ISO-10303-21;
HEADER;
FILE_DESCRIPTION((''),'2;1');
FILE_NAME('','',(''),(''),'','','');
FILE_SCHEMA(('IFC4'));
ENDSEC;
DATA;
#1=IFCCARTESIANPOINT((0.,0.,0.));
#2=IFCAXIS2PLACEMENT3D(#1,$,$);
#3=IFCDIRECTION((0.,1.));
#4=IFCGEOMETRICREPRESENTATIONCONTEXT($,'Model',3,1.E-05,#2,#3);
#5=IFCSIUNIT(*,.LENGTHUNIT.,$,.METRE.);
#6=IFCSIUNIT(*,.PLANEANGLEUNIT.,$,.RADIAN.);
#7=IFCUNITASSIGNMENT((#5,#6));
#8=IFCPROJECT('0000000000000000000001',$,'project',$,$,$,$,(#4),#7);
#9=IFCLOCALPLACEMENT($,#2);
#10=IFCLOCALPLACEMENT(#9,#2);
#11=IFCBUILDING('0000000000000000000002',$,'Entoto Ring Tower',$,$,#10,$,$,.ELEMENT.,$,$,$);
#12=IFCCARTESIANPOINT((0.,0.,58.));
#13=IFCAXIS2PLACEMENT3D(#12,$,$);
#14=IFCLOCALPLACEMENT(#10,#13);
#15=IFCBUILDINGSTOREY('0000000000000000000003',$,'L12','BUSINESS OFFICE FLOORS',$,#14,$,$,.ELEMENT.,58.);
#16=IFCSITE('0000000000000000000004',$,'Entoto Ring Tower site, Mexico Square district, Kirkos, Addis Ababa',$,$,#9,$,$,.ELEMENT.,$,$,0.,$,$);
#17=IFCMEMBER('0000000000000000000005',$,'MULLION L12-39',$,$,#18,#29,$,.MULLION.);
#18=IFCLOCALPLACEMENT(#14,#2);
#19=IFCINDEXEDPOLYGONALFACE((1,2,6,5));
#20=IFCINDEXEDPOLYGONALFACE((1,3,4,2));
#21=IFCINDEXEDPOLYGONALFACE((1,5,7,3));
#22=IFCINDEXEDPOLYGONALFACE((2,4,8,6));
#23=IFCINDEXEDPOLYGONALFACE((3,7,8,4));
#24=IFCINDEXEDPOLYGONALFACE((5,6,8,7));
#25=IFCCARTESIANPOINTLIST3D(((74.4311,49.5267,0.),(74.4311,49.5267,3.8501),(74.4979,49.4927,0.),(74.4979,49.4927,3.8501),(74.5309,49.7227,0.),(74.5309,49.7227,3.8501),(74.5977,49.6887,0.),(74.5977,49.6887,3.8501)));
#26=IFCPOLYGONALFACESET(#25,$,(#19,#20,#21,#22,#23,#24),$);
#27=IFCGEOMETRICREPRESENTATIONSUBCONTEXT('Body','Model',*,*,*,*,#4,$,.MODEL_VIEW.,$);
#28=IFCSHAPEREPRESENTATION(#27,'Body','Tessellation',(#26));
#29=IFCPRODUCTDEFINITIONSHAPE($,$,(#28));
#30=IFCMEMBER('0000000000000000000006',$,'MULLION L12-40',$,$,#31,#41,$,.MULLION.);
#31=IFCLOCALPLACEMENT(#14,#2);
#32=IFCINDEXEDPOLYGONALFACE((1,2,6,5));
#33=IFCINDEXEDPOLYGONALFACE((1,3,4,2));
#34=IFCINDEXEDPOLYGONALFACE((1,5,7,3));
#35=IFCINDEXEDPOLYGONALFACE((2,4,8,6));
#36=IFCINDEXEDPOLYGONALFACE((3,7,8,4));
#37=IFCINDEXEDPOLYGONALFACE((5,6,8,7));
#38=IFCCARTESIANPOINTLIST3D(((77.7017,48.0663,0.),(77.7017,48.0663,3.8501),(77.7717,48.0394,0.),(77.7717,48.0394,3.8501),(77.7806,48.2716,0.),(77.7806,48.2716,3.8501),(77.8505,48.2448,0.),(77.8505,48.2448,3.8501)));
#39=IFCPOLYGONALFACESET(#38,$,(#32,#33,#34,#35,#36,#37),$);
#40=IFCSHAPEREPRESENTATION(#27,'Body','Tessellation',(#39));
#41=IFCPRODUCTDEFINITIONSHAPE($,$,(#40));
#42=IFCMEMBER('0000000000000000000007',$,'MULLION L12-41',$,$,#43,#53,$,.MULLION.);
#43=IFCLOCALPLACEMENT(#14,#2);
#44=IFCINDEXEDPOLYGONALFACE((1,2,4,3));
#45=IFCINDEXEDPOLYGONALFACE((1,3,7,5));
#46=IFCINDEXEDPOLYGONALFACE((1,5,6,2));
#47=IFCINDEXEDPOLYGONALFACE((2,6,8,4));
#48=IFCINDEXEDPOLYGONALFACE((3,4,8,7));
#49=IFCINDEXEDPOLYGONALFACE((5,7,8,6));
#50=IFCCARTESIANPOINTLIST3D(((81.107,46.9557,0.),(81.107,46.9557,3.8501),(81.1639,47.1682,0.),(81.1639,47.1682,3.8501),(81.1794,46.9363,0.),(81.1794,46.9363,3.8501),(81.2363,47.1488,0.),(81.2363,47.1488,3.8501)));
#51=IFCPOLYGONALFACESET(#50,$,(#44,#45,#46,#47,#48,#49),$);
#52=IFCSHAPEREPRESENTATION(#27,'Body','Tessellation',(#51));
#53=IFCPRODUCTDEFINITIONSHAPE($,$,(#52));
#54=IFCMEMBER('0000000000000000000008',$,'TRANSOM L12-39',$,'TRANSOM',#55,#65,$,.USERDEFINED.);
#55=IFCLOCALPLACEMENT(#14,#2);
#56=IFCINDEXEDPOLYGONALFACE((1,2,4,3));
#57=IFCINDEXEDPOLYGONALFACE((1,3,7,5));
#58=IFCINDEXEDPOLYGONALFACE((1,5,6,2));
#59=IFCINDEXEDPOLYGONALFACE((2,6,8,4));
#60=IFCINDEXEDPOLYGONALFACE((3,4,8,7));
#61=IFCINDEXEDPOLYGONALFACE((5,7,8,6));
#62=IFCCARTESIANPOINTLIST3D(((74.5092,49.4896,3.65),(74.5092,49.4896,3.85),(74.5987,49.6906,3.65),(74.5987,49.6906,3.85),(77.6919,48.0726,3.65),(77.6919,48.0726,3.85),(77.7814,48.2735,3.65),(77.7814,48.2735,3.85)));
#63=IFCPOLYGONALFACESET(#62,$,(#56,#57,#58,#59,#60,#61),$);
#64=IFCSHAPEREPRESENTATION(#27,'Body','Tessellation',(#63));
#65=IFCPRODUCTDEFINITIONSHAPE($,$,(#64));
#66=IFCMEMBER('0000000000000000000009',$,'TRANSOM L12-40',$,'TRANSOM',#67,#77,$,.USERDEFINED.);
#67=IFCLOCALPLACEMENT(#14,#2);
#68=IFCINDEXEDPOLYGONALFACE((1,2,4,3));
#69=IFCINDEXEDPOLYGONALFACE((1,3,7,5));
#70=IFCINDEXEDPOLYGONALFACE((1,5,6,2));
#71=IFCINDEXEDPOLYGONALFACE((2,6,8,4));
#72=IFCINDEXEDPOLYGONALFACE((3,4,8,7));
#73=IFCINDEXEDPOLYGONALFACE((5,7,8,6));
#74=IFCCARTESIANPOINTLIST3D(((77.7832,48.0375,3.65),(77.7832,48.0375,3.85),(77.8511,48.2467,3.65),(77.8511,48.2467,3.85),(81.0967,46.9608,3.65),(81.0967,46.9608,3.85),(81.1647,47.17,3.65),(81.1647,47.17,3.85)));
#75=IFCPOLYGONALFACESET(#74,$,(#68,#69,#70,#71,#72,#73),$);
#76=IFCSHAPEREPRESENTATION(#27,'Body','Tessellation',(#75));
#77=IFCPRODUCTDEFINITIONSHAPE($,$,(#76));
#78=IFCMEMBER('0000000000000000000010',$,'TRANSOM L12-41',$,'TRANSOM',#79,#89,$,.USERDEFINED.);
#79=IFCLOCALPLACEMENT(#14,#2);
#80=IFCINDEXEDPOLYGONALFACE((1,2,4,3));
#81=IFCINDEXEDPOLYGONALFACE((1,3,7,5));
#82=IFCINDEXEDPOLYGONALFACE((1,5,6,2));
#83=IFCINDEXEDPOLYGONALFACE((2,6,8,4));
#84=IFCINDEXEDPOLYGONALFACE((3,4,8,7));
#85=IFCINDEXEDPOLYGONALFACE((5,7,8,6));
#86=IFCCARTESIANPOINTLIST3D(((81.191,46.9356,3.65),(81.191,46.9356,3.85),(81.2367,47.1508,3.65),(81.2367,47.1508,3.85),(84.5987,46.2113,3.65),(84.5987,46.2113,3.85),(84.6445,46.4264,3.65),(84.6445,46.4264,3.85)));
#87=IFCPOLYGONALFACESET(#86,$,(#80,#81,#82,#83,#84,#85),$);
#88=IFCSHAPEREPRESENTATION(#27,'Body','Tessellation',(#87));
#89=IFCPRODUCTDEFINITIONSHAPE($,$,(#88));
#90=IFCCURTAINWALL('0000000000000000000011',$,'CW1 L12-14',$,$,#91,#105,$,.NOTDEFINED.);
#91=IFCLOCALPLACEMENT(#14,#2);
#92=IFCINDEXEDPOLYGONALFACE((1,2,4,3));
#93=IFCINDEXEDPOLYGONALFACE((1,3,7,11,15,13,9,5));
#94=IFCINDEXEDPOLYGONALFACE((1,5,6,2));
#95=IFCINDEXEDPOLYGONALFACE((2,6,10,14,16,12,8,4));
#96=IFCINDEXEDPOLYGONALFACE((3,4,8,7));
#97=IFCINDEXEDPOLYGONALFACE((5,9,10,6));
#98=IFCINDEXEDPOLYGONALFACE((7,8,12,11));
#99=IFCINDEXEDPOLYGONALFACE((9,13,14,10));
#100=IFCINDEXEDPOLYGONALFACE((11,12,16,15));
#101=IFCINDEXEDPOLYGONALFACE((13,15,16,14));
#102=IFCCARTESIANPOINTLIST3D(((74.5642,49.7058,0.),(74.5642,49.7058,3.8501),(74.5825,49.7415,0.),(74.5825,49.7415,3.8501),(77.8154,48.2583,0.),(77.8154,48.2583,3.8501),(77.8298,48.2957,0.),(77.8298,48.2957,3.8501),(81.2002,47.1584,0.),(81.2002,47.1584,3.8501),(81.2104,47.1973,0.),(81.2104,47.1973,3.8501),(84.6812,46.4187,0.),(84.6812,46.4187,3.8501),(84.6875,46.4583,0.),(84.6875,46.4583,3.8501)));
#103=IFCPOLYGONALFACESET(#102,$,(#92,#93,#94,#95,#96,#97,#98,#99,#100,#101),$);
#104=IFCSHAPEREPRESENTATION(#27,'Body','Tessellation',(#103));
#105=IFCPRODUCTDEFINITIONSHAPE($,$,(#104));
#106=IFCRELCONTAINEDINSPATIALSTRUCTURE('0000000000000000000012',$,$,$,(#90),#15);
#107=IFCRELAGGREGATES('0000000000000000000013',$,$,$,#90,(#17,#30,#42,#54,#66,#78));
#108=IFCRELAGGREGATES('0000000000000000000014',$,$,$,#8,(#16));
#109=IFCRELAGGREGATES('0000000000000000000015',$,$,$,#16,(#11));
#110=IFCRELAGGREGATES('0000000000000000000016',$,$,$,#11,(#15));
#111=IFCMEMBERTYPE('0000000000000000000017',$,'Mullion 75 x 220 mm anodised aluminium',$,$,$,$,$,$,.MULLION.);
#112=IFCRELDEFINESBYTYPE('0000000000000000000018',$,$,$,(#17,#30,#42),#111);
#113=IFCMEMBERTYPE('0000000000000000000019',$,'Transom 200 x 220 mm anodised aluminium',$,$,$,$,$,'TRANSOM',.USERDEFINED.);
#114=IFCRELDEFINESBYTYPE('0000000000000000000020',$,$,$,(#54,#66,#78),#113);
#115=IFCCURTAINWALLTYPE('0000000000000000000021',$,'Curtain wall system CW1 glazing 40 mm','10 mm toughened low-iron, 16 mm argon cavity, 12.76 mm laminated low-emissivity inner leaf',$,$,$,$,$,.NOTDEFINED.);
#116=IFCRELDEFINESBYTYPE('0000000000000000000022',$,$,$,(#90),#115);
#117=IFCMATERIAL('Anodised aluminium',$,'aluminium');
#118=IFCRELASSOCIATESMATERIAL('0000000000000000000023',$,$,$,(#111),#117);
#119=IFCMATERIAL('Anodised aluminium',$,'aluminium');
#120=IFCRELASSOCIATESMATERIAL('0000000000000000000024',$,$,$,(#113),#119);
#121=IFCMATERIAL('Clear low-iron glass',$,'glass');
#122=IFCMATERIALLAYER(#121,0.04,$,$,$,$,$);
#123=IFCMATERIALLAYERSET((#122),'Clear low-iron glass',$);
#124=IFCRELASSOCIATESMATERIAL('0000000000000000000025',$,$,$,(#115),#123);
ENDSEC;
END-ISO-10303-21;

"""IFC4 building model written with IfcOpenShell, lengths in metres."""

from ifc_helpers import new_model, si_unit, direction, frame, origin, origin_2d, place, context, subcontext, project, spatial, polyline, rectangle, outline, extrude, material, layer, layer_set, material_profile, profile_set, type_object, element, aggregate, save


model = new_model("IFC4")

# Units and contexts
model_context = context("Model", 3, precision=1e-05, world=origin(), true_north=direction((0.0, 1.0)))
body_context = subcontext(model_context, "Body", "Model", "MODEL_VIEW")
ifc_project = project(units=[si_unit("LENGTHUNIT", "METRE"), si_unit("PLANEANGLEUNIT", "RADIAN")], contexts=[model_context])

# Members
ifc_material_1 = material(Name="Anodised aluminium", Category="aluminium")
ifc_material_profile_1 = material_profile(ifc_material_1, rectangle(XDim=0.075, YDim=0.22, at=origin_2d()), Name="Mullion 75 x 220 mm anodised aluminium")
ifc_profile_set_1 = profile_set([ifc_material_profile_1], Name="Anodised aluminium")
member_type_1 = type_object("IfcMemberType", Name="Mullion 75 x 220 mm anodised aluminium", PredefinedType="MULLION", material=ifc_profile_set_1)
site_placement = place(None, origin())
building_placement = place(site_placement, origin())
storey_placement = place(building_placement, frame((0.0, 0.0, 58.0)))
member_1_placement = place(storey_placement, frame((74.5144, 49.6077, 0.0), z_axis=(0.0, 0.0, 1.0), x_axis=(0.891007, -0.45399, 0.0)))
member_1 = element("IfcMember", 1, at=member_1_placement, type_object=member_type_1, Name="MULLION L12-39", PredefinedType="MULLION", context=body_context, shape_type="SweptSolid", body=[
    extrude(rectangle(XDim=0.075, YDim=0.22, at=origin_2d()), origin(), (0.0, 0.0, 1.0), 3.8501),
])
member_2_placement = place(storey_placement, frame((77.7761, 48.1555, 0.0), z_axis=(0.0, 0.0, 1.0), x_axis=(0.93358, -0.358368, 0.0)))
member_2 = element("IfcMember", 2, at=member_2_placement, type_object=member_type_1, Name="MULLION L12-40", PredefinedType="MULLION", context=body_context, shape_type="SweptSolid", body=[
    extrude(rectangle(XDim=0.075, YDim=0.22, at=origin_2d()), origin(), (0.0, 0.0, 1.0), 3.8501),
])
member_3_placement = place(storey_placement, frame((81.1716, 47.0522, 0.0), z_axis=(0.0, 0.0, 1.0), x_axis=(0.965926, -0.258819, 0.0)))
member_3 = element("IfcMember", 3, at=member_3_placement, type_object=member_type_1, Name="MULLION L12-41", PredefinedType="MULLION", context=body_context, shape_type="SweptSolid", body=[
    extrude(rectangle(XDim=0.075, YDim=0.22, at=origin_2d()), origin(), (0.0, 0.0, 1.0), 3.8501),
])
ifc_material_2 = material(Name="Anodised aluminium", Category="aluminium")
ifc_material_profile_2 = material_profile(ifc_material_2, rectangle(XDim=0.22, YDim=0.2, at=origin_2d()), Name="Transom 200 x 220 mm anodised aluminium")
ifc_profile_set_2 = profile_set([ifc_material_profile_2], Name="Anodised aluminium")
member_type_2 = type_object("IfcMemberType", Name="Transom 200 x 220 mm anodised aluminium", ElementType="TRANSOM", PredefinedType="USERDEFINED", material=ifc_profile_set_2)
member_4_placement = place(storey_placement, frame((74.554, 49.5901, 3.75), z_axis=(0.913545, -0.406737, 0.0), x_axis=(0.406737, 0.913545, 0.0)))
member_4 = element("IfcMember", 4, at=member_4_placement, type_object=member_type_2, Name="TRANSOM L12-39", ObjectType="TRANSOM", PredefinedType="USERDEFINED", context=body_context, shape_type="SweptSolid", body=[
    extrude(rectangle(XDim=0.22, YDim=0.2, at=origin_2d()), origin(), (0.0, 0.0, 1.0), 3.4839),
])
member_5_placement = place(storey_placement, frame((77.8171, 48.1421, 3.75), z_axis=(0.951053, -0.309029, 0.0), x_axis=(0.309029, 0.951053, 0.0)))
member_5 = element("IfcMember", 5, at=member_5_placement, type_object=member_type_2, Name="TRANSOM L12-40", ObjectType="TRANSOM", PredefinedType="USERDEFINED", context=body_context, shape_type="SweptSolid", body=[
    extrude(rectangle(XDim=0.22, YDim=0.2, at=origin_2d()), origin(), (0.0, 0.0, 1.0), 3.4841),
])
member_6_placement = place(storey_placement, frame((81.2139, 47.0432, 3.75), z_axis=(0.978146, -0.207921, 0.0), x_axis=(0.207921, 0.978146, 0.0)))
member_6 = element("IfcMember", 6, at=member_6_placement, type_object=member_type_2, Name="TRANSOM L12-41", ObjectType="TRANSOM", PredefinedType="USERDEFINED", context=body_context, shape_type="SweptSolid", body=[
    extrude(rectangle(XDim=0.22, YDim=0.2, at=origin_2d()), origin(), (0.0, 0.0, 1.0), 3.4839),
])

# Site, building, storey
site = spatial("IfcSite", under=ifc_project, at=site_placement, Name="Entoto Ring Tower site, Mexico Square district, Kirkos, Addis Ababa", CompositionType="ELEMENT", RefElevation=0.0)
building = spatial("IfcBuilding", under=site, at=building_placement, Name="Entoto Ring Tower", CompositionType="ELEMENT")
storey = spatial("IfcBuildingStorey", under=building, at=storey_placement, Name="L12", Description="BUSINESS OFFICE FLOORS", CompositionType="ELEMENT", Elevation=58.0)

# Curtain wall
ifc_material_3 = material(Name="Clear low-iron glass", Category="glass")
ifc_layer = layer(ifc_material_3, 0.04)
ifc_layer_set = layer_set([ifc_layer], Name="Clear low-iron glass")
curtain_wall_type = type_object("IfcCurtainWallType", Name="Curtain wall system CW1 glazing 40 mm", Description="10 mm toughened low-iron, 16 mm argon cavity, 12.76 mm laminated low-emissivity inner leaf", PredefinedType="NOTDEFINED", material=ifc_layer_set)
curtain_wall_1_placement = place(storey_placement, origin())
curtain_wall_1 = element("IfcCurtainWall", 7, at=curtain_wall_1_placement, inside=storey, type_object=curtain_wall_type, Name="CW1 L12-14", PredefinedType="NOTDEFINED", context=body_context, shape_type="SweptSolid", body=[
    extrude(outline(polyline([(74.5642, 49.7058), (77.8154, 48.2583), (81.2002, 47.1584), (84.6812, 46.4187), (84.6875, 46.4583), (81.2104, 47.1973), (77.8298, 48.2957), (74.5825, 49.7415), (74.5642, 49.7058)])), origin(), (0.0, 0.0, 1.0), 3.8501),
])
aggregate(curtain_wall_1, [member_1, member_2, member_3, member_4, member_5, member_6])

save(model, "model.ifc")
